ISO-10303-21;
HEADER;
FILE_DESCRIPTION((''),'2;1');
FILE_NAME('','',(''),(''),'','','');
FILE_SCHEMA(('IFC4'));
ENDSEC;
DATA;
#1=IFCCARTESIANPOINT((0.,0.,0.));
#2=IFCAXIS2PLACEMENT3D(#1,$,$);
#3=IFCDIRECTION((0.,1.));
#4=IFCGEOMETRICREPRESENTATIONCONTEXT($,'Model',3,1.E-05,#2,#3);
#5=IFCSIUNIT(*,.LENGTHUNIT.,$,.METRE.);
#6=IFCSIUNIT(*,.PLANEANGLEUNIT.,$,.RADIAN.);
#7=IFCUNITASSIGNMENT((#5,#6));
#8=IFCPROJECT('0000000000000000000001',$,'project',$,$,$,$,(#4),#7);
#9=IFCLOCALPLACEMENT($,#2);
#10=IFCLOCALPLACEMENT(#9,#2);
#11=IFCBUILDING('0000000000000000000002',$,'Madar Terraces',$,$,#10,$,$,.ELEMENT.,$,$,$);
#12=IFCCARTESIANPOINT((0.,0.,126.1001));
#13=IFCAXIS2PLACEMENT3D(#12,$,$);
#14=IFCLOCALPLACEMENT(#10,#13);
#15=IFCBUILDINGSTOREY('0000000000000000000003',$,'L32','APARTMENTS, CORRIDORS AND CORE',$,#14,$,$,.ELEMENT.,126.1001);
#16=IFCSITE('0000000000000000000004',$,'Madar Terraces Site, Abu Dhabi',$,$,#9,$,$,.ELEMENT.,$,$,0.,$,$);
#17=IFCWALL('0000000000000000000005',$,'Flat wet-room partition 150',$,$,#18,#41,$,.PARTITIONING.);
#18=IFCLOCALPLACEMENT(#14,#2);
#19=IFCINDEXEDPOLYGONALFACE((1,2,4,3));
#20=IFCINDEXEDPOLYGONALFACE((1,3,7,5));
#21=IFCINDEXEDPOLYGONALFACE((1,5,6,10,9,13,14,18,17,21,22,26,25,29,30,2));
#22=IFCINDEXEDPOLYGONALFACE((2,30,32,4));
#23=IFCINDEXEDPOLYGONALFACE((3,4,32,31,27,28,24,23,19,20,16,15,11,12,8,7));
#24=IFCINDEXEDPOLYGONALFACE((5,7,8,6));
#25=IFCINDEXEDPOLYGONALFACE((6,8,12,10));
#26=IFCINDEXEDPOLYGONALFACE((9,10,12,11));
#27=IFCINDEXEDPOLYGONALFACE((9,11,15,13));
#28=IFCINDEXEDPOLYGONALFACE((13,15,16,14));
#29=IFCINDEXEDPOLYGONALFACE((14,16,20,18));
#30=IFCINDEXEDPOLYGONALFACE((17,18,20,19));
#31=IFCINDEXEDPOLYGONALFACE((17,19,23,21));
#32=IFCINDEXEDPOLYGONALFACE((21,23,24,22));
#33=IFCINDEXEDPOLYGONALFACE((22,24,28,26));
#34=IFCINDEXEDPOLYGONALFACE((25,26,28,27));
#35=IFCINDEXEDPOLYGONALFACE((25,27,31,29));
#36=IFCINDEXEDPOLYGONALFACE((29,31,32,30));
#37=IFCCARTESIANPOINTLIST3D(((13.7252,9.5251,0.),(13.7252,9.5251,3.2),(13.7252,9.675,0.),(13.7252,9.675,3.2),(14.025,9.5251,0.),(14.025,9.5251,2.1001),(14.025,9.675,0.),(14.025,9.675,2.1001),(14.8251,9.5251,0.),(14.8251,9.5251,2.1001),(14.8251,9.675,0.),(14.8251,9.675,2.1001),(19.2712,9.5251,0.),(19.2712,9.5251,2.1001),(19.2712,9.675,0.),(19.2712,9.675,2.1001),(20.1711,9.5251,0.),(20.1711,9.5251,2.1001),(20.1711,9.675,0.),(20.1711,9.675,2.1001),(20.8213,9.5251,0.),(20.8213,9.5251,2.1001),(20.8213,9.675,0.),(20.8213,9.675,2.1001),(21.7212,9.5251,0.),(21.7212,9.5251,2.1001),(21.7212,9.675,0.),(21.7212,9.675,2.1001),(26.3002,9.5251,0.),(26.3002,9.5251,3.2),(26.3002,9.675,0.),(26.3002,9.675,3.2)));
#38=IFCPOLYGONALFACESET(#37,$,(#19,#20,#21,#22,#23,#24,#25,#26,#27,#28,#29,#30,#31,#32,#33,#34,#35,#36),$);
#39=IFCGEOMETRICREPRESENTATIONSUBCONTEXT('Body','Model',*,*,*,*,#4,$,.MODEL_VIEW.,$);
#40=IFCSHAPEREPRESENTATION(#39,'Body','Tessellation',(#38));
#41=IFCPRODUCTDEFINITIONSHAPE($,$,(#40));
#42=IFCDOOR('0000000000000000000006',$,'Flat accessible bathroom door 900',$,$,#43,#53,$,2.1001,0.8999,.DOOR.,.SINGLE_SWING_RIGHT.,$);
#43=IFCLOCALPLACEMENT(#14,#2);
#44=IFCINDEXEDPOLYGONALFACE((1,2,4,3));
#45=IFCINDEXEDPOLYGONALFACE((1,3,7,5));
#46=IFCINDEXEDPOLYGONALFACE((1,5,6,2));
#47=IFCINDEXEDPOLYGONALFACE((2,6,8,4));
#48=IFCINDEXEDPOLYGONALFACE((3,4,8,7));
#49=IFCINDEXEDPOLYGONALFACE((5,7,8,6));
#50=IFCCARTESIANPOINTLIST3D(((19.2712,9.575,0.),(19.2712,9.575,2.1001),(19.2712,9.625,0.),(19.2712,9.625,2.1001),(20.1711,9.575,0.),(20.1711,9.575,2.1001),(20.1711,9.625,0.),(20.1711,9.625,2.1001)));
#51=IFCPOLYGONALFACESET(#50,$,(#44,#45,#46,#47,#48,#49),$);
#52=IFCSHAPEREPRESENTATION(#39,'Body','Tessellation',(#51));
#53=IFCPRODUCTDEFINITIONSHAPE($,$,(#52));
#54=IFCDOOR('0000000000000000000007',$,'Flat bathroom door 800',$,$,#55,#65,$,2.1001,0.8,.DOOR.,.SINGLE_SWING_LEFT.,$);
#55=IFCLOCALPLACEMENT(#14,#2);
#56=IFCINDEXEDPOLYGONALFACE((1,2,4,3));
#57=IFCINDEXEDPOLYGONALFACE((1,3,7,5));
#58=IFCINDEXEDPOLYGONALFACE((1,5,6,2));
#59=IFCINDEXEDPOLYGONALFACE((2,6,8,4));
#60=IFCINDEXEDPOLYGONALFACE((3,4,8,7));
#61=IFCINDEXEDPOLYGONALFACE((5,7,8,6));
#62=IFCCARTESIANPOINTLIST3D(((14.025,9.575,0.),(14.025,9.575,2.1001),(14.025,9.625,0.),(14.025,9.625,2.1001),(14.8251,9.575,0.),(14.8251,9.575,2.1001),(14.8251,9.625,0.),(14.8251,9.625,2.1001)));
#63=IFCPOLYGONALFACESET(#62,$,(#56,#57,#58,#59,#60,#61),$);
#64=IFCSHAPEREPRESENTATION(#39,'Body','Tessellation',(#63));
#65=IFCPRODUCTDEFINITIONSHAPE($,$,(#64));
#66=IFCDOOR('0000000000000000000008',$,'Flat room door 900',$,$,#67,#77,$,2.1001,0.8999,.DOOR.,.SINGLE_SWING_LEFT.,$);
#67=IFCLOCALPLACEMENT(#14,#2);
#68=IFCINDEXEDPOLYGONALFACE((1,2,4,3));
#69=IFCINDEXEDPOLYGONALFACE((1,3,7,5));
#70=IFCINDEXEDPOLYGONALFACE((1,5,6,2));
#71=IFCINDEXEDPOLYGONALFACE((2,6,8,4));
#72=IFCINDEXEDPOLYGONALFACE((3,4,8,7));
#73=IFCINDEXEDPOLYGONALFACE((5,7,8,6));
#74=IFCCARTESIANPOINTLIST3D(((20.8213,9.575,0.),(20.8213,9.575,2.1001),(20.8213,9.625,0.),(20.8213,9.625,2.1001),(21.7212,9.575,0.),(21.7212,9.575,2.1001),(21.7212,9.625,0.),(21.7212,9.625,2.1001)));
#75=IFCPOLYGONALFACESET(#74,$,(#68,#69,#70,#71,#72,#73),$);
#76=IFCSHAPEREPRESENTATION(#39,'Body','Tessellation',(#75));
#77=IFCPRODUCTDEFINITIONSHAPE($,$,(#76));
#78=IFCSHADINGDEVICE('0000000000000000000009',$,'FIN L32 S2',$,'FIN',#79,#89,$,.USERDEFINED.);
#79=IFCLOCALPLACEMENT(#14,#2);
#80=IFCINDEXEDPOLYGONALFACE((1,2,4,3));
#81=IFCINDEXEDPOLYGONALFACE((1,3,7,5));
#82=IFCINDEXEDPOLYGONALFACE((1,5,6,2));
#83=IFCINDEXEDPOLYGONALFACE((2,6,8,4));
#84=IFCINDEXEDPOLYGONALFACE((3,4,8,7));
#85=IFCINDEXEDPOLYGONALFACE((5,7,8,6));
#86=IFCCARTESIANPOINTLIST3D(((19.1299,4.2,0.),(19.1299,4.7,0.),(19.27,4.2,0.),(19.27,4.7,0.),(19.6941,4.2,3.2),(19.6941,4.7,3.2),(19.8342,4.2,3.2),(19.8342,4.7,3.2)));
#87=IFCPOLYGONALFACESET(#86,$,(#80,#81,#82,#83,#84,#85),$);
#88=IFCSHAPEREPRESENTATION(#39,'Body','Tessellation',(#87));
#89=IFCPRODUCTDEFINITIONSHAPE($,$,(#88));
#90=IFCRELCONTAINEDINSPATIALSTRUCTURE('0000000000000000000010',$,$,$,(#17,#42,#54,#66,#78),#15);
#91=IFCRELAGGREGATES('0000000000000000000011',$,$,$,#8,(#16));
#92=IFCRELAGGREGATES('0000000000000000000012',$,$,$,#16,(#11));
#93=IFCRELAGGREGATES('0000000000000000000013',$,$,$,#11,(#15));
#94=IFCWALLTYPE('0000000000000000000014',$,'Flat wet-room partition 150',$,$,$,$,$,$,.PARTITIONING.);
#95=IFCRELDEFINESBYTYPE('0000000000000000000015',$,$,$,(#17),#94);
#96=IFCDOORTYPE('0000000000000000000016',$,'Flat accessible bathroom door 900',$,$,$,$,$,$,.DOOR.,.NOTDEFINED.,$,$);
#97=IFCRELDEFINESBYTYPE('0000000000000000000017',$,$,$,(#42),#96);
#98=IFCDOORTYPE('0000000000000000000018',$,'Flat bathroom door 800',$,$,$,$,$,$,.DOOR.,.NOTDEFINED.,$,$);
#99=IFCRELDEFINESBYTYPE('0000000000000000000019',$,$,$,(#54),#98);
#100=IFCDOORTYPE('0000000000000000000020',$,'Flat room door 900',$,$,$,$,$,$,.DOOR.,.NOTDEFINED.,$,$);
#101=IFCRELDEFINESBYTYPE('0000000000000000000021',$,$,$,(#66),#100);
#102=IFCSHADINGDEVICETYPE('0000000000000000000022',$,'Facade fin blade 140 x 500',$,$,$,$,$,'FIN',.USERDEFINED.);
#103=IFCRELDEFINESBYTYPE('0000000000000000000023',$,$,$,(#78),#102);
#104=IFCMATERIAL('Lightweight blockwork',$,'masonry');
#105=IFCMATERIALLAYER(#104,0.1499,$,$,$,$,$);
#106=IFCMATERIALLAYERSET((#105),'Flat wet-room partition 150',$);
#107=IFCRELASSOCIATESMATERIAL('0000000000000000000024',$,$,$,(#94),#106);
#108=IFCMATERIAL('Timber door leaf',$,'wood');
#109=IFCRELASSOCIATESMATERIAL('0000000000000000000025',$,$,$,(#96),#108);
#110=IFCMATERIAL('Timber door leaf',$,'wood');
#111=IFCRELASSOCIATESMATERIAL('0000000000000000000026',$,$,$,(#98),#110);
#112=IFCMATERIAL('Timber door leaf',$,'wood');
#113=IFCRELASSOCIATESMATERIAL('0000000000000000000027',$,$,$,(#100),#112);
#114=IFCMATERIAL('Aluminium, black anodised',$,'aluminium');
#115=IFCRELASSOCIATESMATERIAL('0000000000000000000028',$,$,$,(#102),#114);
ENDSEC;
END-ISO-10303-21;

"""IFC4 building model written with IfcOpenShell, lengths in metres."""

from ifc_helpers import new_model, si_unit, direction, frame, frame_2d, origin, place, context, subcontext, project, spatial, polyline, rectangle, outline, extrude, material, layer, layer_set, type_object, element, fill, save


model = new_model("IFC4")

# Units and contexts
model_context = context("Model", 3, precision=1e-05, world=origin(), true_north=direction((0.0, 1.0)))
body_context = subcontext(model_context, "Body", "Model", "MODEL_VIEW")
ifc_project = project(units=[si_unit("LENGTHUNIT", "METRE"), si_unit("PLANEANGLEUNIT", "RADIAN")], contexts=[model_context])

# Site, building, storey
site_placement = place(None, origin())
site = spatial("IfcSite", under=ifc_project, at=site_placement, Name="Madar Terraces Site, Abu Dhabi", CompositionType="ELEMENT", RefElevation=0.0)
building_placement = place(site_placement, origin())
building = spatial("IfcBuilding", under=site, at=building_placement, Name="Madar Terraces", CompositionType="ELEMENT")
storey_placement = place(building_placement, frame((0.0, 0.0, 126.1001)))
storey = spatial("IfcBuildingStorey", under=building, at=storey_placement, Name="L32", Description="APARTMENTS, CORRIDORS AND CORE", CompositionType="ELEMENT", Elevation=126.1001)

# Shared definitions
ifc_material_1 = material(Name="Lightweight blockwork", Category="masonry")
ifc_layer_1 = layer(ifc_material_1, 0.1499)
ifc_layer_set_1 = layer_set([ifc_layer_1], Name="Flat wet-room partition 150")
wall_type_1 = type_object("IfcWallType", Name="Flat wet-room partition 150", PredefinedType="PARTITIONING", material=ifc_layer_set_1)

# Wall, openings, doors
wall_1_placement = place(storey_placement, frame((13.7251, 9.6001, 0.0), z_axis=(0.0, 0.0, 1.0), x_axis=(1.0, 0.0, 0.0)))
wall_1 = element("IfcWall", 1, at=wall_1_placement, inside=storey, type_object=wall_type_1, Name="Flat wet-room partition 150", PredefinedType="PARTITIONING", context=body_context, shape_type="SweptSolid", body=[
    extrude(rectangle(XDim=12.575, YDim=0.1499, at=frame_2d((6.2876, 0.0))), origin(), (0.0, 0.0, 1.0), 3.2),
])
opening_1_placement = place(wall_1_placement, frame((0.3, 0.0, 0.0)))
opening_1 = element("IfcOpeningElement", 2, at=opening_1_placement, cuts=wall_1, PredefinedType="OPENING", context=body_context, shape_type="SweptSolid", body=[
    extrude(rectangle(XDim=0.8, YDim=2.1001, at=frame_2d((0.3999, 1.05))), frame((0.0, 0.085, 0.0), z_axis=(0.0, -1.0, 0.0), x_axis=(1.0, 0.0, 0.0)), (0.0, 0.0, 1.0), 0.1699),
])
opening_2_placement = place(wall_1_placement, frame((5.5461, 0.0, 0.0)))
opening_2 = element("IfcOpeningElement", 3, at=opening_2_placement, cuts=wall_1, PredefinedType="OPENING", context=body_context, shape_type="SweptSolid", body=[
    extrude(rectangle(XDim=0.8999, YDim=2.1001, at=frame_2d((0.45, 1.05))), frame((0.0, 0.085, 0.0), z_axis=(0.0, -1.0, 0.0), x_axis=(1.0, 0.0, 0.0)), (0.0, 0.0, 1.0), 0.1699),
])
opening_3_placement = place(wall_1_placement, frame((7.0962, 0.0, 0.0)))
opening_3 = element("IfcOpeningElement", 4, at=opening_3_placement, cuts=wall_1, PredefinedType="OPENING", context=body_context, shape_type="SweptSolid", body=[
    extrude(rectangle(XDim=0.8999, YDim=2.1001, at=frame_2d((0.45, 1.05))), frame((0.0, 0.085, 0.0), z_axis=(0.0, -1.0, 0.0), x_axis=(1.0, 0.0, 0.0)), (0.0, 0.0, 1.0), 0.1699),
])
ifc_material_2 = material(Name="Timber door leaf", Category="wood")
door_type_1 = type_object("IfcDoorType", Name="Flat accessible bathroom door 900", OperationType="NOTDEFINED", PredefinedType="DOOR", material=ifc_material_2)
door_1_placement = place(opening_2_placement, origin())
door_1 = element("IfcDoor", 5, at=door_1_placement, inside=storey, type_object=door_type_1, Name="Flat accessible bathroom door 900", OperationType="SINGLE_SWING_RIGHT", OverallHeight=2.1001, OverallWidth=0.8999, PredefinedType="DOOR", context=body_context, shape_type="SweptSolid", body=[
    extrude(rectangle(XDim=0.8999, YDim=2.1001, at=frame_2d((0.45, 1.05))), frame((0.0, 0.0249, 0.0), z_axis=(0.0, -1.0, 0.0), x_axis=(1.0, 0.0, 0.0)), (0.0, 0.0, 1.0), 0.05),
])
fill(opening_2, door_1)
ifc_material_3 = material(Name="Timber door leaf", Category="wood")
door_type_2 = type_object("IfcDoorType", Name="Flat bathroom door 800", OperationType="NOTDEFINED", PredefinedType="DOOR", material=ifc_material_3)
door_2_placement = place(opening_1_placement, origin())
door_2 = element("IfcDoor", 6, at=door_2_placement, inside=storey, type_object=door_type_2, Name="Flat bathroom door 800", OperationType="SINGLE_SWING_LEFT", OverallHeight=2.1001, OverallWidth=0.8, PredefinedType="DOOR", context=body_context, shape_type="SweptSolid", body=[
    extrude(rectangle(XDim=0.8, YDim=2.1001, at=frame_2d((0.3999, 1.05))), frame((0.0, 0.0249, 0.0), z_axis=(0.0, -1.0, 0.0), x_axis=(1.0, 0.0, 0.0)), (0.0, 0.0, 1.0), 0.05),
])
fill(opening_1, door_2)
ifc_material_4 = material(Name="Timber door leaf", Category="wood")
door_type_3 = type_object("IfcDoorType", Name="Flat room door 900", OperationType="NOTDEFINED", PredefinedType="DOOR", material=ifc_material_4)
door_3_placement = place(opening_3_placement, origin())
door_3 = element("IfcDoor", 7, at=door_3_placement, inside=storey, type_object=door_type_3, Name="Flat room door 900", OperationType="SINGLE_SWING_LEFT", OverallHeight=2.1001, OverallWidth=0.8999, PredefinedType="DOOR", context=body_context, shape_type="SweptSolid", body=[
    extrude(rectangle(XDim=0.8999, YDim=2.1001, at=frame_2d((0.45, 1.05))), frame((0.0, 0.0249, 0.0), z_axis=(0.0, -1.0, 0.0), x_axis=(1.0, 0.0, 0.0)), (0.0, 0.0, 1.0), 0.05),
])
fill(opening_3, door_3)

# Shading device
ifc_material_5 = material(Name="Aluminium, black anodised", Category="aluminium")
shading_device_type = type_object("IfcShadingDeviceType", Name="Facade fin blade 140 x 500", ElementType="FIN", PredefinedType="USERDEFINED", material=ifc_material_5)
shading_device_placement = place(storey_placement, frame((19.1299, 4.45, 0.0), z_axis=(0.0, 0.0, 1.0), x_axis=(1.0, 0.0, 0.0)))
element("IfcShadingDevice", 8, at=shading_device_placement, inside=storey, type_object=shading_device_type, Name="FIN L32 S2", ObjectType="FIN", PredefinedType="USERDEFINED", context=body_context, shape_type="SweptSolid", body=[
    extrude(outline(polyline([(0.0, 0.0), (0.1401, 0.0), (0.7043, 3.2), (0.5642, 3.2), (0.0, 0.0)])), frame((0.0, 0.25, 0.0), z_axis=(0.0, -1.0, 0.0), x_axis=(1.0, 0.0, 0.0)), (0.0, 0.0, 1.0), 0.5),
])

save(model, "model.ifc")
